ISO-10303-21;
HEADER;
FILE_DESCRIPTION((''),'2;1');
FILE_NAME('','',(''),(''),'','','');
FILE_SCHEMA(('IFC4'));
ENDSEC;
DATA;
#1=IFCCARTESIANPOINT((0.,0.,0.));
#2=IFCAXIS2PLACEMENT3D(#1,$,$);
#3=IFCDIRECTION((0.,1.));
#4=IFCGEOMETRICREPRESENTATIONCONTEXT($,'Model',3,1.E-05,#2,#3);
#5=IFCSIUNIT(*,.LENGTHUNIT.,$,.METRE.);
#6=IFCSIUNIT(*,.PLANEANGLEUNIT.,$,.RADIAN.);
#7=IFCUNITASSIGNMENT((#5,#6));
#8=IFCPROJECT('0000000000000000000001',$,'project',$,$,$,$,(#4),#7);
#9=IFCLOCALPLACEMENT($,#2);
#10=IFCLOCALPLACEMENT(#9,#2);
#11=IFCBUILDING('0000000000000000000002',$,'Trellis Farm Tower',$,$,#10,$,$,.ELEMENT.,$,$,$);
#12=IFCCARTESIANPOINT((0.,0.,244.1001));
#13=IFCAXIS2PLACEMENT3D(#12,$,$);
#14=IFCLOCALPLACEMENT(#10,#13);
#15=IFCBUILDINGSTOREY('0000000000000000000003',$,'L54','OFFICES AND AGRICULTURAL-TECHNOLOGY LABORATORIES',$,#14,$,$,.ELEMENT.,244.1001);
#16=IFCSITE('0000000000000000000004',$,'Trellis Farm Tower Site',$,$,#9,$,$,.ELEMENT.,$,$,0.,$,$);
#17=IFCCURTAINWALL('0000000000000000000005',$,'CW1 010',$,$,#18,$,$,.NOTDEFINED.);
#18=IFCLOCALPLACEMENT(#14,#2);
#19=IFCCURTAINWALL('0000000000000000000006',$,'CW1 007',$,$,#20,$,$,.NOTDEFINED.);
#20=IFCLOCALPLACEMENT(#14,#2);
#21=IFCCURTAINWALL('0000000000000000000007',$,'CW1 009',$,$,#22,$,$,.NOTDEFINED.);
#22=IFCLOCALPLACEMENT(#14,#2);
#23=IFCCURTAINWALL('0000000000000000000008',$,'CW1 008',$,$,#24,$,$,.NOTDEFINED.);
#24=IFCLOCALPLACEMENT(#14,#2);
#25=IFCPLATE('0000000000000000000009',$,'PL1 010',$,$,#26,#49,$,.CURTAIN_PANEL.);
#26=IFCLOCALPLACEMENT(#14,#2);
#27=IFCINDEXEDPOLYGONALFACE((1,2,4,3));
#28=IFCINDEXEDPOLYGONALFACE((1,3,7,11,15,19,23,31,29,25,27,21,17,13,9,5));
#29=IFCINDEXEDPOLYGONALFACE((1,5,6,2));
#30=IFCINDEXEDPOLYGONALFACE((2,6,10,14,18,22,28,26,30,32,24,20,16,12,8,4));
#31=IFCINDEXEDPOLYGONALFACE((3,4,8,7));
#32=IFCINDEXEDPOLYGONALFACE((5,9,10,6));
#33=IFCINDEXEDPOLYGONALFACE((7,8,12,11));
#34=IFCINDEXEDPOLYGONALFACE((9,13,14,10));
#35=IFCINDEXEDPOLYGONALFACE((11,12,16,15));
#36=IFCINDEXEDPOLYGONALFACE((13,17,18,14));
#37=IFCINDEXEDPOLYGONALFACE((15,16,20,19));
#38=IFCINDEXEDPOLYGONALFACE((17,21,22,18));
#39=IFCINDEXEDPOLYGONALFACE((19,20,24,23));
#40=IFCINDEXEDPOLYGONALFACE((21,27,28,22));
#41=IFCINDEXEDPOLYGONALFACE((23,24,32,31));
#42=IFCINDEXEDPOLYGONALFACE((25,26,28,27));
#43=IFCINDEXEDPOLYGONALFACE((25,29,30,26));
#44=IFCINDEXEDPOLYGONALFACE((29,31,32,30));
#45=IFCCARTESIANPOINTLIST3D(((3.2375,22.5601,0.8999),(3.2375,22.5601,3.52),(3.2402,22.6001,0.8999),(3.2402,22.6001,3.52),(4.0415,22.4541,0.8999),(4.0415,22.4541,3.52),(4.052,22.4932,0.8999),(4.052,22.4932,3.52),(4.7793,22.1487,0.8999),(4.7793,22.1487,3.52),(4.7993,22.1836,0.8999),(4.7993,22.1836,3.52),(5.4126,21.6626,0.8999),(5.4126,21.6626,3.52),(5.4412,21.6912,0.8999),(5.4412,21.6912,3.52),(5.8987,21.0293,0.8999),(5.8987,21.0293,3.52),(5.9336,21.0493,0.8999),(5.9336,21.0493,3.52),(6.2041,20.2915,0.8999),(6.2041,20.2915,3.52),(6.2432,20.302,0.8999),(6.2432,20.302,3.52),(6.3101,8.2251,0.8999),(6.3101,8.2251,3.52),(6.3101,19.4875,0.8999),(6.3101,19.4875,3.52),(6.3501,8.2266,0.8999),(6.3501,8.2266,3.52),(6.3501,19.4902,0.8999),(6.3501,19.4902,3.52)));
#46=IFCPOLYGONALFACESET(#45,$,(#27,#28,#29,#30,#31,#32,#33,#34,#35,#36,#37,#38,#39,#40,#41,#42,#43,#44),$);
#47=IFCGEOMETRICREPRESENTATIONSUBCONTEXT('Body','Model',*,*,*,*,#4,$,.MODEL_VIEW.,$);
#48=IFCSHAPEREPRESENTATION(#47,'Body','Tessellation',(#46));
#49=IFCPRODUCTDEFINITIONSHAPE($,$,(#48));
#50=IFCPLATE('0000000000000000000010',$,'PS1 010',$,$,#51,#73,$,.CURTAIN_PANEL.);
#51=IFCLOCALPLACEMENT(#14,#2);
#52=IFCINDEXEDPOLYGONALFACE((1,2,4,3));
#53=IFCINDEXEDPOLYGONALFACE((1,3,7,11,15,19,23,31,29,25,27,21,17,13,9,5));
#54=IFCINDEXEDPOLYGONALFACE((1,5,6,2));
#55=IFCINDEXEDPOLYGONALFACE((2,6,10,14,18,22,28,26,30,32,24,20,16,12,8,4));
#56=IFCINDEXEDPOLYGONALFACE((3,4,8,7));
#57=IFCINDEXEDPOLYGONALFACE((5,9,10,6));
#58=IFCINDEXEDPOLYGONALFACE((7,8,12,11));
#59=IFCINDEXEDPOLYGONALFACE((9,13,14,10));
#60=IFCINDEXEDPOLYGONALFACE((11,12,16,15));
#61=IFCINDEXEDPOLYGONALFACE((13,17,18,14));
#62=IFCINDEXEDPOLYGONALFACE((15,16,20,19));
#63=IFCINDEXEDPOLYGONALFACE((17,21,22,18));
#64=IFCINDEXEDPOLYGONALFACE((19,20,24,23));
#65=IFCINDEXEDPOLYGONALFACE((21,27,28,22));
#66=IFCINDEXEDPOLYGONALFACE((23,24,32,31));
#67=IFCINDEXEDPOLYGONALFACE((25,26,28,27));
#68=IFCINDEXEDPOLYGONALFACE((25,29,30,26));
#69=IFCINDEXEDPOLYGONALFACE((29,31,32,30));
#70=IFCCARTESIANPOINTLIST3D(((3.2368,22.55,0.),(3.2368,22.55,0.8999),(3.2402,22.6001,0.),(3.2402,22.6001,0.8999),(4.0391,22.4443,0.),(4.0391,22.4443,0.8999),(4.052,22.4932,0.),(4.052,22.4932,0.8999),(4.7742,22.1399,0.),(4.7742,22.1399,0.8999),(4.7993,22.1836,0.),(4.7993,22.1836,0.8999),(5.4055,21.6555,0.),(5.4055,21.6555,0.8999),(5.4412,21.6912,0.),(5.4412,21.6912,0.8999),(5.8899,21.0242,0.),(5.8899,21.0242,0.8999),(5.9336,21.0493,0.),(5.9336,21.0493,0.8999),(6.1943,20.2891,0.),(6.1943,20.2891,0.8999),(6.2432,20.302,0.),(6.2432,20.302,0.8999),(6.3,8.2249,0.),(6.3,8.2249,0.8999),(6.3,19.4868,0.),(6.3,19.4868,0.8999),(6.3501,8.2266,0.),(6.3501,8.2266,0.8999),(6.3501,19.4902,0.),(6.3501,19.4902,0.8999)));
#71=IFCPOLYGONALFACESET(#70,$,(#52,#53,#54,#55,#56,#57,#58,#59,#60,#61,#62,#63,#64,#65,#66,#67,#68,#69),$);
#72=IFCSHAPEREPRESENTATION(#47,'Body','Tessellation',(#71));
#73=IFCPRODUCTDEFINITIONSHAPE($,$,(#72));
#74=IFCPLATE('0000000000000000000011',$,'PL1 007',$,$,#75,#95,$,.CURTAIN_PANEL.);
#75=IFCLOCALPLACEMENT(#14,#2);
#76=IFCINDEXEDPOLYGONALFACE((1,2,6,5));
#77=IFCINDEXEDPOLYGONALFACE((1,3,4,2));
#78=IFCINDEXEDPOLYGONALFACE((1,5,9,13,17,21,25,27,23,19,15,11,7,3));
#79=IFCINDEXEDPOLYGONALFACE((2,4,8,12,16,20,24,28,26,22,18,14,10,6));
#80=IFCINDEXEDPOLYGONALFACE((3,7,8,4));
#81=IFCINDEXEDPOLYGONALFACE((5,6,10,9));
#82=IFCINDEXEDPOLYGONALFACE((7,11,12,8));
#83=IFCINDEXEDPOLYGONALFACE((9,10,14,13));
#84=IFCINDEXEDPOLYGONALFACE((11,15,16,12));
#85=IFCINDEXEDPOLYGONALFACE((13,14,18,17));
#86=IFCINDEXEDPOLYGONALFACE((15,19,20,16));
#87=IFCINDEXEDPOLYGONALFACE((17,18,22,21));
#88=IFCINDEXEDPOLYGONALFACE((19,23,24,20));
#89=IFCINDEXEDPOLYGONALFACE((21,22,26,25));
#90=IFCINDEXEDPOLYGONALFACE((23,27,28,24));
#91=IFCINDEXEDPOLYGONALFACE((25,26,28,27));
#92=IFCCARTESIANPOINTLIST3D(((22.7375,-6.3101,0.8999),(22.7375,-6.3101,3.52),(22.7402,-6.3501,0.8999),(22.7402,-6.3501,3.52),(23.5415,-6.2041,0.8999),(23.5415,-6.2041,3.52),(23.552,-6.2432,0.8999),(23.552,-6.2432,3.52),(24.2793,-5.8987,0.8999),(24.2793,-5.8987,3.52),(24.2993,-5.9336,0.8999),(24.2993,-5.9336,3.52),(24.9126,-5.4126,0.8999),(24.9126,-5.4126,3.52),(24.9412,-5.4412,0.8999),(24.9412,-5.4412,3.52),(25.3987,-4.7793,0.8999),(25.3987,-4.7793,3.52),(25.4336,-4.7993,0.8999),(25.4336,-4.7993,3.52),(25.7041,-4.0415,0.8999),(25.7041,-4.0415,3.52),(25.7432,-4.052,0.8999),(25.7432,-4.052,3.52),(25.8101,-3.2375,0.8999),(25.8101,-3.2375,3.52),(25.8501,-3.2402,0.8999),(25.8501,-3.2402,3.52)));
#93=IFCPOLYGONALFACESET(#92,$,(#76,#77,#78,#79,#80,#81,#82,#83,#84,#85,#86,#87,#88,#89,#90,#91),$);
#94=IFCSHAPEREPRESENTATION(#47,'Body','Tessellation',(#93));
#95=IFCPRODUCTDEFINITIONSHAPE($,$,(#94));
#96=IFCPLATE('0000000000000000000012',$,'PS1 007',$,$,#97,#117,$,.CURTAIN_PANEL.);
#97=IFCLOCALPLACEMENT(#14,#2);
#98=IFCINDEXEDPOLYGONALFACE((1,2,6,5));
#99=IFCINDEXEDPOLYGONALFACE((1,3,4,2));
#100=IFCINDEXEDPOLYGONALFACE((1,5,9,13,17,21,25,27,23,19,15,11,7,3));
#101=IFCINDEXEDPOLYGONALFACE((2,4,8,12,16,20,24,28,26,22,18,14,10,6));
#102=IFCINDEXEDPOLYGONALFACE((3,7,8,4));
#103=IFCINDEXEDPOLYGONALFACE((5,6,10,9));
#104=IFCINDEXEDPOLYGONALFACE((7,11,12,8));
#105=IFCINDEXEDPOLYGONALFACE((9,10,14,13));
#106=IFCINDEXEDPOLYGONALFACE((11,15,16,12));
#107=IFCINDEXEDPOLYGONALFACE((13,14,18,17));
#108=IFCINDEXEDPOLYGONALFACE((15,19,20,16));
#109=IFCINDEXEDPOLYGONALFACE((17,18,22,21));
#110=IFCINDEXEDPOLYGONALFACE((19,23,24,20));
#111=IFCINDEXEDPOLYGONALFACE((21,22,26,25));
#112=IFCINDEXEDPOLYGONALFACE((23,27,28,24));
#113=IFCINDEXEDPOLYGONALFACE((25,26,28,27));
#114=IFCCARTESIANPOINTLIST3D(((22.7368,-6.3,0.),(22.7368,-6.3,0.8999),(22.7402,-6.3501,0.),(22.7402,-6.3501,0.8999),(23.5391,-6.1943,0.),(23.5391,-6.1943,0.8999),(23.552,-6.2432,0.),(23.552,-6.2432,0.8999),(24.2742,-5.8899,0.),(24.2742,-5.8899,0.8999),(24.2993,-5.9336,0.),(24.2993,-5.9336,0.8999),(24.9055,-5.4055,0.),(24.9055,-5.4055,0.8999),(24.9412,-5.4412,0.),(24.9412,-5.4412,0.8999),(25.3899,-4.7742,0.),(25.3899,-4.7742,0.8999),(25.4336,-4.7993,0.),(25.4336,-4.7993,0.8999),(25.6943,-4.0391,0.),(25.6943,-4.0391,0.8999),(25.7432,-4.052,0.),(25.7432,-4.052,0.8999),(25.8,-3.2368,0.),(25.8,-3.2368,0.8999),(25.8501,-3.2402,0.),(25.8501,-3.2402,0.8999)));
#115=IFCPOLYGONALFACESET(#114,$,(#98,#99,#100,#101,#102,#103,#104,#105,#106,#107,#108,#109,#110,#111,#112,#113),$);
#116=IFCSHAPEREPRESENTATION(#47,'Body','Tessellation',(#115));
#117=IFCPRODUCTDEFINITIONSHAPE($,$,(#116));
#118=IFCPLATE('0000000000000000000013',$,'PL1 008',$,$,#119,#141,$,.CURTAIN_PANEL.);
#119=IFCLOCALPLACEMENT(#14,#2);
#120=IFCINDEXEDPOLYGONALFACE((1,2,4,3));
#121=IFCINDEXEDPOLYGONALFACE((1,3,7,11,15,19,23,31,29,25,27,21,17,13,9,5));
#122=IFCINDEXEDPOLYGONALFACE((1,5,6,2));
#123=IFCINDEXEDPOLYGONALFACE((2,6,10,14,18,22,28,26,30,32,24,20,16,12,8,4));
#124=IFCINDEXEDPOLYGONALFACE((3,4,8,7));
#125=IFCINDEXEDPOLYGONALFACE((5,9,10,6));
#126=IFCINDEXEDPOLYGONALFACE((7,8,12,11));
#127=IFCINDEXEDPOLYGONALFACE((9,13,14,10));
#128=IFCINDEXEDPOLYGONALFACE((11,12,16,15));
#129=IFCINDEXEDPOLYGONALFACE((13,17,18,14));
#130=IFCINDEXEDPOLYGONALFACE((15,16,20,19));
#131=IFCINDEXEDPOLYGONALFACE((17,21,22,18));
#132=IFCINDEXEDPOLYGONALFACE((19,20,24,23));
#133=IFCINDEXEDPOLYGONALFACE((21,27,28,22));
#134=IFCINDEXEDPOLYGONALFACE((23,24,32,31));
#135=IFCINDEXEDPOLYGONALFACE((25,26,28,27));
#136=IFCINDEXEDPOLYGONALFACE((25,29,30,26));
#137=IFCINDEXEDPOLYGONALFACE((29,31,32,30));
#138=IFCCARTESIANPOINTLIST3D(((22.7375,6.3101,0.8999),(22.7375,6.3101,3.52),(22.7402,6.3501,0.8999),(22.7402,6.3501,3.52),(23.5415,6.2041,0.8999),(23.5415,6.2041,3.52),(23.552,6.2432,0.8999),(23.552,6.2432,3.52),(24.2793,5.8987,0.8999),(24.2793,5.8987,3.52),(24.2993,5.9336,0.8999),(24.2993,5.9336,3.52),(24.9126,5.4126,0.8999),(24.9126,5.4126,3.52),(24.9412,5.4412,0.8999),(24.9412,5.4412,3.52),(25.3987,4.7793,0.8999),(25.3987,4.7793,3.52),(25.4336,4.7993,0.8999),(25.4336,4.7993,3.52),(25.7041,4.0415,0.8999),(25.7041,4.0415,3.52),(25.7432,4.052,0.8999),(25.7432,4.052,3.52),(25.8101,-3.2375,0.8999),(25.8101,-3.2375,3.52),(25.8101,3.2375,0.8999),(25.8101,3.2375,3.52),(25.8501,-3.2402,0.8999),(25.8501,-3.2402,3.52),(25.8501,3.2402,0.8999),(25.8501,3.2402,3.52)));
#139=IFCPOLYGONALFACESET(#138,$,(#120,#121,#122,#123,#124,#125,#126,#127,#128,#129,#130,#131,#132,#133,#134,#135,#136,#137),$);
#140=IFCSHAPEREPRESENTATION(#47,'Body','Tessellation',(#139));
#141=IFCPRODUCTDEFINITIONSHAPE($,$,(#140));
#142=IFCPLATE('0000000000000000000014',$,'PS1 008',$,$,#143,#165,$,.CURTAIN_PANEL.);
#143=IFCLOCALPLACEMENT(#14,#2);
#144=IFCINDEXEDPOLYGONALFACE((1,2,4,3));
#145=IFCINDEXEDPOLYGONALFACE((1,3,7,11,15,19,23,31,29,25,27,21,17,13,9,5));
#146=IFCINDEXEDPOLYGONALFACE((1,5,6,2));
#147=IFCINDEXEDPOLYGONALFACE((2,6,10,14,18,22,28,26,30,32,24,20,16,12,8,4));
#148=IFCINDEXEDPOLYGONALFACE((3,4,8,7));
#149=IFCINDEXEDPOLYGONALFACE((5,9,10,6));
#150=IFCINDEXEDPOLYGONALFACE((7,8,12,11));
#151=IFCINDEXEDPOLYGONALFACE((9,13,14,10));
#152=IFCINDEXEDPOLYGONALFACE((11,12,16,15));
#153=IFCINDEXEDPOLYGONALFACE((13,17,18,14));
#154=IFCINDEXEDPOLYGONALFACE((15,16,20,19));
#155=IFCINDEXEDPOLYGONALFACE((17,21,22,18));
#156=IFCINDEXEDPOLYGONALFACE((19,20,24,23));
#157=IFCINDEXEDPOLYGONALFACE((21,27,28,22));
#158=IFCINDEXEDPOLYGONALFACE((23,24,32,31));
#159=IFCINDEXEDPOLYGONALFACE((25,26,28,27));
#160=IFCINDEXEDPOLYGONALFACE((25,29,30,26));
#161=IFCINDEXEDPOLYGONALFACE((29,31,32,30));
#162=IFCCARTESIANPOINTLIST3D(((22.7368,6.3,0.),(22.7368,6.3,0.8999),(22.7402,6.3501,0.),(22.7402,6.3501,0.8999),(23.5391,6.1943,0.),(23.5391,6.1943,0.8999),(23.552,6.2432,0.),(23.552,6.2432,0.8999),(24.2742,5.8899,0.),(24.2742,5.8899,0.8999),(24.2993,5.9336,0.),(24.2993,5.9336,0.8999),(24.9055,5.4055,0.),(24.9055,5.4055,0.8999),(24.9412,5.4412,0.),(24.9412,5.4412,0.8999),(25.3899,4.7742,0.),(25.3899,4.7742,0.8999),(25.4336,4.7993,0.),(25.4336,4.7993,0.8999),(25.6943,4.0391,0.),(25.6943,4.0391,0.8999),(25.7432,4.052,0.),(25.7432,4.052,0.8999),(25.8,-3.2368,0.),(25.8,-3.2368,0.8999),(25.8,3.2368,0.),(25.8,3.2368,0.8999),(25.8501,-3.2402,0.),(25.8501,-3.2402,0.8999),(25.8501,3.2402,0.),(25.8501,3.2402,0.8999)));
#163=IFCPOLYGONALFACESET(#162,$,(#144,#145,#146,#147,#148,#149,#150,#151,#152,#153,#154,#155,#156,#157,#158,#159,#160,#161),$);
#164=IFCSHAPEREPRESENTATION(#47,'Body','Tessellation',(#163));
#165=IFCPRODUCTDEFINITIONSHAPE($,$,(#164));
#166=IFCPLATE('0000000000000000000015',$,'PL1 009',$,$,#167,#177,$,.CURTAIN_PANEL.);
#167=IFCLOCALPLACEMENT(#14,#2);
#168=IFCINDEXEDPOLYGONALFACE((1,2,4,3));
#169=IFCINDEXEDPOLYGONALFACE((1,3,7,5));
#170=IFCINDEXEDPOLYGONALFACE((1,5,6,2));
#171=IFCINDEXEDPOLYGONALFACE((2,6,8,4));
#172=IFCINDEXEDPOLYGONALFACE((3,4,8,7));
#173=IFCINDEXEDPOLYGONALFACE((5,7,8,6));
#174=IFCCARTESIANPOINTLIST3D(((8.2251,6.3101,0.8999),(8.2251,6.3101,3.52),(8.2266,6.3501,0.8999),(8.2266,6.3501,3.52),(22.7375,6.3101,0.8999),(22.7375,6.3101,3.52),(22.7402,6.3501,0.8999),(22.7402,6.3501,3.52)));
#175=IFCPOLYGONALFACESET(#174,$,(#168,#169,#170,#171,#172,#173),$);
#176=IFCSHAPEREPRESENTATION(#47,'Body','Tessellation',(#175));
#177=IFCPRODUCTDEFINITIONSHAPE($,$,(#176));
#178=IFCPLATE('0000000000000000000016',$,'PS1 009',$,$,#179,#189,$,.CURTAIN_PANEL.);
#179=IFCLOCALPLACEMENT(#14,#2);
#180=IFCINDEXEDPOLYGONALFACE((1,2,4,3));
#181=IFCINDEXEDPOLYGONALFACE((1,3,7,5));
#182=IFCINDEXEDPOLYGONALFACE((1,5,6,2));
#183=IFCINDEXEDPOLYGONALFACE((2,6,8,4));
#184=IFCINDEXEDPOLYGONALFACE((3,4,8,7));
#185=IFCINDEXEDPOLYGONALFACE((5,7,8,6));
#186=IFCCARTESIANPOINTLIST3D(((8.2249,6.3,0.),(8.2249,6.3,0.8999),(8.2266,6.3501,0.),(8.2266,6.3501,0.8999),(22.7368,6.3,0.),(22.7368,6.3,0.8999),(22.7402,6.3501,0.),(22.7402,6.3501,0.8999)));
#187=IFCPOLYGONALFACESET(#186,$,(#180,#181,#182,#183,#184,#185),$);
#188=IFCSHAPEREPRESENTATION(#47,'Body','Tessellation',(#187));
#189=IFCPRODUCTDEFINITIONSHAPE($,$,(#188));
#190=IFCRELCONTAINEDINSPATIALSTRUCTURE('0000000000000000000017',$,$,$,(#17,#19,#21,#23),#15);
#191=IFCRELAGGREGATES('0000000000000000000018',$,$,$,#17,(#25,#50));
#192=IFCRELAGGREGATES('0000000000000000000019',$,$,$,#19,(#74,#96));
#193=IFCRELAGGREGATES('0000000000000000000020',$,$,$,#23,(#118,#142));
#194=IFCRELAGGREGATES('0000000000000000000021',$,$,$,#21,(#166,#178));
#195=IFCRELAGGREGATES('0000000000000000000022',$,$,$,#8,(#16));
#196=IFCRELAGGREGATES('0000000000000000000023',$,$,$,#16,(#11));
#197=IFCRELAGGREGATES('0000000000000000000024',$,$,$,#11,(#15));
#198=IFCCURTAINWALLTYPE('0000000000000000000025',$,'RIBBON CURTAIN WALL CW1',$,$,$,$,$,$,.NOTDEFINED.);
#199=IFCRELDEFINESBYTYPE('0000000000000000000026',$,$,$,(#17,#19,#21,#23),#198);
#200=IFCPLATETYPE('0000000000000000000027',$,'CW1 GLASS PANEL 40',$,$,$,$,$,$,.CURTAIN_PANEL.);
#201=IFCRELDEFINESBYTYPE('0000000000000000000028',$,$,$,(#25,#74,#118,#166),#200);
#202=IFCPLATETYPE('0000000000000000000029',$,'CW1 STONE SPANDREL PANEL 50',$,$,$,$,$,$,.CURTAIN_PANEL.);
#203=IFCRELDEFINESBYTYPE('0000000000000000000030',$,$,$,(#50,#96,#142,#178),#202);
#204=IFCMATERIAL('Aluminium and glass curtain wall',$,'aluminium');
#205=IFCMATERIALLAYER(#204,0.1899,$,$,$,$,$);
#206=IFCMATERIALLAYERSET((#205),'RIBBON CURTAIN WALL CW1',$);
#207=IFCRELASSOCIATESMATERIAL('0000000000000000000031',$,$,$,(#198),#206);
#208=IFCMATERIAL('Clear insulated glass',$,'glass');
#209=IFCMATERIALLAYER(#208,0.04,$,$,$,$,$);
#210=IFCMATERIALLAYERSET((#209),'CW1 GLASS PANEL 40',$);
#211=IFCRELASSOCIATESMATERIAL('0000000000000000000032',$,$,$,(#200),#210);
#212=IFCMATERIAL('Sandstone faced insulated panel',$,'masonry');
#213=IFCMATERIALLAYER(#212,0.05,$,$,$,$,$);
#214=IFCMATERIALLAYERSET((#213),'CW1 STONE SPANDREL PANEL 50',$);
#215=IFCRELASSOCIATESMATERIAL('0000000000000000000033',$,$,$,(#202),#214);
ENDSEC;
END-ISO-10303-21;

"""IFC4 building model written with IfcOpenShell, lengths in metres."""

from ifc_helpers import new_model, si_unit, direction, frame, origin, place, context, subcontext, project, spatial, polyline, outline, extrude, source, transform, mapped, material, layer, layer_set, type_object, element, aggregate, save


model = new_model("IFC4")

# Units and contexts
model_context = context("Model", 3, precision=1e-05, world=origin(), true_north=direction((0.0, 1.0)))
body_context = subcontext(model_context, "Body", "Model", "MODEL_VIEW")
ifc_project = project(units=[si_unit("LENGTHUNIT", "METRE"), si_unit("PLANEANGLEUNIT", "RADIAN")], contexts=[model_context])

# Site, building, storey
site_placement = place(None, origin())
site = spatial("IfcSite", under=ifc_project, at=site_placement, Name="Trellis Farm Tower Site", CompositionType="ELEMENT", RefElevation=0.0)
building_placement = place(site_placement, origin())
building = spatial("IfcBuilding", under=site, at=building_placement, Name="Trellis Farm Tower", CompositionType="ELEMENT")
storey_placement = place(building_placement, frame((0.0, 0.0, 244.1001)))
storey = spatial("IfcBuildingStorey", under=building, at=storey_placement, Name="L54", Description="OFFICES AND AGRICULTURAL-TECHNOLOGY LABORATORIES", CompositionType="ELEMENT", Elevation=244.1001)

# Curtain walls
ifc_material_1 = material(Name="Aluminium and glass curtain wall", Category="aluminium")
ifc_layer_1 = layer(ifc_material_1, 0.1899)
ifc_layer_set_1 = layer_set([ifc_layer_1], Name="RIBBON CURTAIN WALL CW1")
curtain_wall_type_1 = type_object("IfcCurtainWallType", Name="RIBBON CURTAIN WALL CW1", PredefinedType="NOTDEFINED", material=ifc_layer_set_1)
placement_1 = place(storey_placement, origin())
curtain_wall_1 = element("IfcCurtainWall", 1, at=placement_1, inside=storey, type_object=curtain_wall_type_1, Name="CW1 010", PredefinedType="NOTDEFINED")
curtain_wall_2 = element("IfcCurtainWall", 2, at=placement_1, inside=storey, type_object=curtain_wall_type_1, Name="CW1 007", PredefinedType="NOTDEFINED")
curtain_wall_3 = element("IfcCurtainWall", 3, at=placement_1, inside=storey, type_object=curtain_wall_type_1, Name="CW1 009", PredefinedType="NOTDEFINED")
curtain_wall_4 = element("IfcCurtainWall", 4, at=placement_1, inside=storey, type_object=curtain_wall_type_1, Name="CW1 008", PredefinedType="NOTDEFINED")

# Plates
ifc_material_2 = material(Name="Clear insulated glass", Category="glass")
ifc_layer_2 = layer(ifc_material_2, 0.04)
ifc_layer_set_2 = layer_set([ifc_layer_2], Name="CW1 GLASS PANEL 40")
plate_type_1 = type_object("IfcPlateType", Name="CW1 GLASS PANEL 40", PredefinedType="CURTAIN_PANEL", material=ifc_layer_set_2)
shared_shape_1 = source(origin(), body_context, "Body", "SweptSolid", [
    extrude(outline(polyline([(6.3501, 8.2266), (6.3501, 19.4902), (6.2432, 20.302), (5.9336, 21.0493), (5.4412, 21.6912), (4.7993, 22.1836), (4.052, 22.4932), (3.2402, 22.6001), (3.2375, 22.5601), (4.0415, 22.4541), (4.7793, 22.1487), (5.4126, 21.6626), (5.8987, 21.0293), (6.2041, 20.2915), (6.3101, 19.4875), (6.3101, 8.2251), (6.3501, 8.2266)])), origin(), (0.0, 0.0, 1.0), 2.6201),
])
placement_2 = place(storey_placement, frame((0.0, 0.0, 0.8999)))
plate_1 = element("IfcPlate", 5, at=placement_2, type_object=plate_type_1, Name="PL1 010", PredefinedType="CURTAIN_PANEL", context=body_context, shape_type="MappedRepresentation", body=[
    mapped(shared_shape_1, transform((0.0, 0.0, 0.0))),
])
ifc_material_3 = material(Name="Sandstone faced insulated panel", Category="masonry")
ifc_layer_3 = layer(ifc_material_3, 0.05)
ifc_layer_set_3 = layer_set([ifc_layer_3], Name="CW1 STONE SPANDREL PANEL 50")
plate_type_2 = type_object("IfcPlateType", Name="CW1 STONE SPANDREL PANEL 50", PredefinedType="CURTAIN_PANEL", material=ifc_layer_set_3)
shared_shape_2 = source(origin(), body_context, "Body", "SweptSolid", [
    extrude(outline(polyline([(6.3501, 8.2266), (6.3501, 19.4902), (6.2432, 20.302), (5.9336, 21.0493), (5.4412, 21.6912), (4.7993, 22.1836), (4.052, 22.4932), (3.2402, 22.6001), (3.2368, 22.55), (4.0391, 22.4443), (4.7742, 22.1399), (5.4055, 21.6555), (5.8899, 21.0242), (6.1943, 20.2891), (6.3, 19.4868), (6.3, 8.2249), (6.3501, 8.2266)])), origin(), (0.0, 0.0, 1.0), 0.8999),
])
plate_2 = element("IfcPlate", 6, at=placement_1, type_object=plate_type_2, Name="PS1 010", PredefinedType="CURTAIN_PANEL", context=body_context, shape_type="MappedRepresentation", body=[
    mapped(shared_shape_2, transform((0.0, 0.0, 0.0))),
])
aggregate(curtain_wall_1, [plate_1, plate_2])
shared_shape_3 = source(origin(), body_context, "Body", "SweptSolid", [
    extrude(outline(polyline([(22.7402, -6.3501), (23.552, -6.2432), (24.2993, -5.9336), (24.9412, -5.4412), (25.4336, -4.7993), (25.7432, -4.052), (25.8501, -3.2402), (25.8101, -3.2375), (25.7041, -4.0415), (25.3987, -4.7793), (24.9126, -5.4126), (24.2793, -5.8987), (23.5415, -6.2041), (22.7375, -6.3101), (22.7402, -6.3501)])), origin(), (0.0, 0.0, 1.0), 2.6201),
])
plate_3 = element("IfcPlate", 7, at=placement_2, type_object=plate_type_1, Name="PL1 007", PredefinedType="CURTAIN_PANEL", context=body_context, shape_type="MappedRepresentation", body=[
    mapped(shared_shape_3, transform((0.0, 0.0, 0.0))),
])
shared_shape_4 = source(origin(), body_context, "Body", "SweptSolid", [
    extrude(outline(polyline([(22.7402, -6.3501), (23.552, -6.2432), (24.2993, -5.9336), (24.9412, -5.4412), (25.4336, -4.7993), (25.7432, -4.052), (25.8501, -3.2402), (25.8, -3.2368), (25.6943, -4.0391), (25.3899, -4.7742), (24.9055, -5.4055), (24.2742, -5.8899), (23.5391, -6.1943), (22.7368, -6.3), (22.7402, -6.3501)])), origin(), (0.0, 0.0, 1.0), 0.8999),
])
plate_4 = element("IfcPlate", 8, at=placement_1, type_object=plate_type_2, Name="PS1 007", PredefinedType="CURTAIN_PANEL", context=body_context, shape_type="MappedRepresentation", body=[
    mapped(shared_shape_4, transform((0.0, 0.0, 0.0))),
])
aggregate(curtain_wall_2, [plate_3, plate_4])
shared_shape_5 = source(origin(), body_context, "Body", "SweptSolid", [
    extrude(outline(polyline([(25.8501, -3.2402), (25.8501, 3.2402), (25.7432, 4.052), (25.4336, 4.7993), (24.9412, 5.4412), (24.2993, 5.9336), (23.552, 6.2432), (22.7402, 6.3501), (22.7375, 6.3101), (23.5415, 6.2041), (24.2793, 5.8987), (24.9126, 5.4126), (25.3987, 4.7793), (25.7041, 4.0415), (25.8101, 3.2375), (25.8101, -3.2375), (25.8501, -3.2402)])), origin(), (0.0, 0.0, 1.0), 2.6201),
])
plate_5 = element("IfcPlate", 9, at=placement_2, type_object=plate_type_1, Name="PL1 008", PredefinedType="CURTAIN_PANEL", context=body_context, shape_type="MappedRepresentation", body=[
    mapped(shared_shape_5, transform((0.0, 0.0, 0.0))),
])
shared_shape_6 = source(origin(), body_context, "Body", "SweptSolid", [
    extrude(outline(polyline([(25.8501, -3.2402), (25.8501, 3.2402), (25.7432, 4.052), (25.4336, 4.7993), (24.9412, 5.4412), (24.2993, 5.9336), (23.552, 6.2432), (22.7402, 6.3501), (22.7368, 6.3), (23.5391, 6.1943), (24.2742, 5.8899), (24.9055, 5.4055), (25.3899, 4.7742), (25.6943, 4.0391), (25.8, 3.2368), (25.8, -3.2368), (25.8501, -3.2402)])), origin(), (0.0, 0.0, 1.0), 0.8999),
])
plate_6 = element("IfcPlate", 10, at=placement_1, type_object=plate_type_2, Name="PS1 008", PredefinedType="CURTAIN_PANEL", context=body_context, shape_type="MappedRepresentation", body=[
    mapped(shared_shape_6, transform((0.0, 0.0, 0.0))),
])
aggregate(curtain_wall_4, [plate_5, plate_6])
shared_shape_7 = source(origin(), body_context, "Body", "SweptSolid", [
    extrude(outline(polyline([(22.7402, 6.3501), (8.2266, 6.3501), (8.2251, 6.3101), (22.7375, 6.3101), (22.7402, 6.3501)])), origin(), (0.0, 0.0, 1.0), 2.6201),
])
plate_7 = element("IfcPlate", 11, at=placement_2, type_object=plate_type_1, Name="PL1 009", PredefinedType="CURTAIN_PANEL", context=body_context, shape_type="MappedRepresentation", body=[
    mapped(shared_shape_7, transform((0.0, 0.0, 0.0))),
])
shared_shape_8 = source(origin(), body_context, "Body", "SweptSolid", [
    extrude(outline(polyline([(22.7402, 6.3501), (8.2266, 6.3501), (8.2249, 6.3), (22.7368, 6.3), (22.7402, 6.3501)])), origin(), (0.0, 0.0, 1.0), 0.8999),
])
plate_8 = element("IfcPlate", 12, at=placement_1, type_object=plate_type_2, Name="PS1 009", PredefinedType="CURTAIN_PANEL", context=body_context, shape_type="MappedRepresentation", body=[
    mapped(shared_shape_8, transform((0.0, 0.0, 0.0))),
])
aggregate(curtain_wall_3, [plate_7, plate_8])

save(model, "model.ifc")
